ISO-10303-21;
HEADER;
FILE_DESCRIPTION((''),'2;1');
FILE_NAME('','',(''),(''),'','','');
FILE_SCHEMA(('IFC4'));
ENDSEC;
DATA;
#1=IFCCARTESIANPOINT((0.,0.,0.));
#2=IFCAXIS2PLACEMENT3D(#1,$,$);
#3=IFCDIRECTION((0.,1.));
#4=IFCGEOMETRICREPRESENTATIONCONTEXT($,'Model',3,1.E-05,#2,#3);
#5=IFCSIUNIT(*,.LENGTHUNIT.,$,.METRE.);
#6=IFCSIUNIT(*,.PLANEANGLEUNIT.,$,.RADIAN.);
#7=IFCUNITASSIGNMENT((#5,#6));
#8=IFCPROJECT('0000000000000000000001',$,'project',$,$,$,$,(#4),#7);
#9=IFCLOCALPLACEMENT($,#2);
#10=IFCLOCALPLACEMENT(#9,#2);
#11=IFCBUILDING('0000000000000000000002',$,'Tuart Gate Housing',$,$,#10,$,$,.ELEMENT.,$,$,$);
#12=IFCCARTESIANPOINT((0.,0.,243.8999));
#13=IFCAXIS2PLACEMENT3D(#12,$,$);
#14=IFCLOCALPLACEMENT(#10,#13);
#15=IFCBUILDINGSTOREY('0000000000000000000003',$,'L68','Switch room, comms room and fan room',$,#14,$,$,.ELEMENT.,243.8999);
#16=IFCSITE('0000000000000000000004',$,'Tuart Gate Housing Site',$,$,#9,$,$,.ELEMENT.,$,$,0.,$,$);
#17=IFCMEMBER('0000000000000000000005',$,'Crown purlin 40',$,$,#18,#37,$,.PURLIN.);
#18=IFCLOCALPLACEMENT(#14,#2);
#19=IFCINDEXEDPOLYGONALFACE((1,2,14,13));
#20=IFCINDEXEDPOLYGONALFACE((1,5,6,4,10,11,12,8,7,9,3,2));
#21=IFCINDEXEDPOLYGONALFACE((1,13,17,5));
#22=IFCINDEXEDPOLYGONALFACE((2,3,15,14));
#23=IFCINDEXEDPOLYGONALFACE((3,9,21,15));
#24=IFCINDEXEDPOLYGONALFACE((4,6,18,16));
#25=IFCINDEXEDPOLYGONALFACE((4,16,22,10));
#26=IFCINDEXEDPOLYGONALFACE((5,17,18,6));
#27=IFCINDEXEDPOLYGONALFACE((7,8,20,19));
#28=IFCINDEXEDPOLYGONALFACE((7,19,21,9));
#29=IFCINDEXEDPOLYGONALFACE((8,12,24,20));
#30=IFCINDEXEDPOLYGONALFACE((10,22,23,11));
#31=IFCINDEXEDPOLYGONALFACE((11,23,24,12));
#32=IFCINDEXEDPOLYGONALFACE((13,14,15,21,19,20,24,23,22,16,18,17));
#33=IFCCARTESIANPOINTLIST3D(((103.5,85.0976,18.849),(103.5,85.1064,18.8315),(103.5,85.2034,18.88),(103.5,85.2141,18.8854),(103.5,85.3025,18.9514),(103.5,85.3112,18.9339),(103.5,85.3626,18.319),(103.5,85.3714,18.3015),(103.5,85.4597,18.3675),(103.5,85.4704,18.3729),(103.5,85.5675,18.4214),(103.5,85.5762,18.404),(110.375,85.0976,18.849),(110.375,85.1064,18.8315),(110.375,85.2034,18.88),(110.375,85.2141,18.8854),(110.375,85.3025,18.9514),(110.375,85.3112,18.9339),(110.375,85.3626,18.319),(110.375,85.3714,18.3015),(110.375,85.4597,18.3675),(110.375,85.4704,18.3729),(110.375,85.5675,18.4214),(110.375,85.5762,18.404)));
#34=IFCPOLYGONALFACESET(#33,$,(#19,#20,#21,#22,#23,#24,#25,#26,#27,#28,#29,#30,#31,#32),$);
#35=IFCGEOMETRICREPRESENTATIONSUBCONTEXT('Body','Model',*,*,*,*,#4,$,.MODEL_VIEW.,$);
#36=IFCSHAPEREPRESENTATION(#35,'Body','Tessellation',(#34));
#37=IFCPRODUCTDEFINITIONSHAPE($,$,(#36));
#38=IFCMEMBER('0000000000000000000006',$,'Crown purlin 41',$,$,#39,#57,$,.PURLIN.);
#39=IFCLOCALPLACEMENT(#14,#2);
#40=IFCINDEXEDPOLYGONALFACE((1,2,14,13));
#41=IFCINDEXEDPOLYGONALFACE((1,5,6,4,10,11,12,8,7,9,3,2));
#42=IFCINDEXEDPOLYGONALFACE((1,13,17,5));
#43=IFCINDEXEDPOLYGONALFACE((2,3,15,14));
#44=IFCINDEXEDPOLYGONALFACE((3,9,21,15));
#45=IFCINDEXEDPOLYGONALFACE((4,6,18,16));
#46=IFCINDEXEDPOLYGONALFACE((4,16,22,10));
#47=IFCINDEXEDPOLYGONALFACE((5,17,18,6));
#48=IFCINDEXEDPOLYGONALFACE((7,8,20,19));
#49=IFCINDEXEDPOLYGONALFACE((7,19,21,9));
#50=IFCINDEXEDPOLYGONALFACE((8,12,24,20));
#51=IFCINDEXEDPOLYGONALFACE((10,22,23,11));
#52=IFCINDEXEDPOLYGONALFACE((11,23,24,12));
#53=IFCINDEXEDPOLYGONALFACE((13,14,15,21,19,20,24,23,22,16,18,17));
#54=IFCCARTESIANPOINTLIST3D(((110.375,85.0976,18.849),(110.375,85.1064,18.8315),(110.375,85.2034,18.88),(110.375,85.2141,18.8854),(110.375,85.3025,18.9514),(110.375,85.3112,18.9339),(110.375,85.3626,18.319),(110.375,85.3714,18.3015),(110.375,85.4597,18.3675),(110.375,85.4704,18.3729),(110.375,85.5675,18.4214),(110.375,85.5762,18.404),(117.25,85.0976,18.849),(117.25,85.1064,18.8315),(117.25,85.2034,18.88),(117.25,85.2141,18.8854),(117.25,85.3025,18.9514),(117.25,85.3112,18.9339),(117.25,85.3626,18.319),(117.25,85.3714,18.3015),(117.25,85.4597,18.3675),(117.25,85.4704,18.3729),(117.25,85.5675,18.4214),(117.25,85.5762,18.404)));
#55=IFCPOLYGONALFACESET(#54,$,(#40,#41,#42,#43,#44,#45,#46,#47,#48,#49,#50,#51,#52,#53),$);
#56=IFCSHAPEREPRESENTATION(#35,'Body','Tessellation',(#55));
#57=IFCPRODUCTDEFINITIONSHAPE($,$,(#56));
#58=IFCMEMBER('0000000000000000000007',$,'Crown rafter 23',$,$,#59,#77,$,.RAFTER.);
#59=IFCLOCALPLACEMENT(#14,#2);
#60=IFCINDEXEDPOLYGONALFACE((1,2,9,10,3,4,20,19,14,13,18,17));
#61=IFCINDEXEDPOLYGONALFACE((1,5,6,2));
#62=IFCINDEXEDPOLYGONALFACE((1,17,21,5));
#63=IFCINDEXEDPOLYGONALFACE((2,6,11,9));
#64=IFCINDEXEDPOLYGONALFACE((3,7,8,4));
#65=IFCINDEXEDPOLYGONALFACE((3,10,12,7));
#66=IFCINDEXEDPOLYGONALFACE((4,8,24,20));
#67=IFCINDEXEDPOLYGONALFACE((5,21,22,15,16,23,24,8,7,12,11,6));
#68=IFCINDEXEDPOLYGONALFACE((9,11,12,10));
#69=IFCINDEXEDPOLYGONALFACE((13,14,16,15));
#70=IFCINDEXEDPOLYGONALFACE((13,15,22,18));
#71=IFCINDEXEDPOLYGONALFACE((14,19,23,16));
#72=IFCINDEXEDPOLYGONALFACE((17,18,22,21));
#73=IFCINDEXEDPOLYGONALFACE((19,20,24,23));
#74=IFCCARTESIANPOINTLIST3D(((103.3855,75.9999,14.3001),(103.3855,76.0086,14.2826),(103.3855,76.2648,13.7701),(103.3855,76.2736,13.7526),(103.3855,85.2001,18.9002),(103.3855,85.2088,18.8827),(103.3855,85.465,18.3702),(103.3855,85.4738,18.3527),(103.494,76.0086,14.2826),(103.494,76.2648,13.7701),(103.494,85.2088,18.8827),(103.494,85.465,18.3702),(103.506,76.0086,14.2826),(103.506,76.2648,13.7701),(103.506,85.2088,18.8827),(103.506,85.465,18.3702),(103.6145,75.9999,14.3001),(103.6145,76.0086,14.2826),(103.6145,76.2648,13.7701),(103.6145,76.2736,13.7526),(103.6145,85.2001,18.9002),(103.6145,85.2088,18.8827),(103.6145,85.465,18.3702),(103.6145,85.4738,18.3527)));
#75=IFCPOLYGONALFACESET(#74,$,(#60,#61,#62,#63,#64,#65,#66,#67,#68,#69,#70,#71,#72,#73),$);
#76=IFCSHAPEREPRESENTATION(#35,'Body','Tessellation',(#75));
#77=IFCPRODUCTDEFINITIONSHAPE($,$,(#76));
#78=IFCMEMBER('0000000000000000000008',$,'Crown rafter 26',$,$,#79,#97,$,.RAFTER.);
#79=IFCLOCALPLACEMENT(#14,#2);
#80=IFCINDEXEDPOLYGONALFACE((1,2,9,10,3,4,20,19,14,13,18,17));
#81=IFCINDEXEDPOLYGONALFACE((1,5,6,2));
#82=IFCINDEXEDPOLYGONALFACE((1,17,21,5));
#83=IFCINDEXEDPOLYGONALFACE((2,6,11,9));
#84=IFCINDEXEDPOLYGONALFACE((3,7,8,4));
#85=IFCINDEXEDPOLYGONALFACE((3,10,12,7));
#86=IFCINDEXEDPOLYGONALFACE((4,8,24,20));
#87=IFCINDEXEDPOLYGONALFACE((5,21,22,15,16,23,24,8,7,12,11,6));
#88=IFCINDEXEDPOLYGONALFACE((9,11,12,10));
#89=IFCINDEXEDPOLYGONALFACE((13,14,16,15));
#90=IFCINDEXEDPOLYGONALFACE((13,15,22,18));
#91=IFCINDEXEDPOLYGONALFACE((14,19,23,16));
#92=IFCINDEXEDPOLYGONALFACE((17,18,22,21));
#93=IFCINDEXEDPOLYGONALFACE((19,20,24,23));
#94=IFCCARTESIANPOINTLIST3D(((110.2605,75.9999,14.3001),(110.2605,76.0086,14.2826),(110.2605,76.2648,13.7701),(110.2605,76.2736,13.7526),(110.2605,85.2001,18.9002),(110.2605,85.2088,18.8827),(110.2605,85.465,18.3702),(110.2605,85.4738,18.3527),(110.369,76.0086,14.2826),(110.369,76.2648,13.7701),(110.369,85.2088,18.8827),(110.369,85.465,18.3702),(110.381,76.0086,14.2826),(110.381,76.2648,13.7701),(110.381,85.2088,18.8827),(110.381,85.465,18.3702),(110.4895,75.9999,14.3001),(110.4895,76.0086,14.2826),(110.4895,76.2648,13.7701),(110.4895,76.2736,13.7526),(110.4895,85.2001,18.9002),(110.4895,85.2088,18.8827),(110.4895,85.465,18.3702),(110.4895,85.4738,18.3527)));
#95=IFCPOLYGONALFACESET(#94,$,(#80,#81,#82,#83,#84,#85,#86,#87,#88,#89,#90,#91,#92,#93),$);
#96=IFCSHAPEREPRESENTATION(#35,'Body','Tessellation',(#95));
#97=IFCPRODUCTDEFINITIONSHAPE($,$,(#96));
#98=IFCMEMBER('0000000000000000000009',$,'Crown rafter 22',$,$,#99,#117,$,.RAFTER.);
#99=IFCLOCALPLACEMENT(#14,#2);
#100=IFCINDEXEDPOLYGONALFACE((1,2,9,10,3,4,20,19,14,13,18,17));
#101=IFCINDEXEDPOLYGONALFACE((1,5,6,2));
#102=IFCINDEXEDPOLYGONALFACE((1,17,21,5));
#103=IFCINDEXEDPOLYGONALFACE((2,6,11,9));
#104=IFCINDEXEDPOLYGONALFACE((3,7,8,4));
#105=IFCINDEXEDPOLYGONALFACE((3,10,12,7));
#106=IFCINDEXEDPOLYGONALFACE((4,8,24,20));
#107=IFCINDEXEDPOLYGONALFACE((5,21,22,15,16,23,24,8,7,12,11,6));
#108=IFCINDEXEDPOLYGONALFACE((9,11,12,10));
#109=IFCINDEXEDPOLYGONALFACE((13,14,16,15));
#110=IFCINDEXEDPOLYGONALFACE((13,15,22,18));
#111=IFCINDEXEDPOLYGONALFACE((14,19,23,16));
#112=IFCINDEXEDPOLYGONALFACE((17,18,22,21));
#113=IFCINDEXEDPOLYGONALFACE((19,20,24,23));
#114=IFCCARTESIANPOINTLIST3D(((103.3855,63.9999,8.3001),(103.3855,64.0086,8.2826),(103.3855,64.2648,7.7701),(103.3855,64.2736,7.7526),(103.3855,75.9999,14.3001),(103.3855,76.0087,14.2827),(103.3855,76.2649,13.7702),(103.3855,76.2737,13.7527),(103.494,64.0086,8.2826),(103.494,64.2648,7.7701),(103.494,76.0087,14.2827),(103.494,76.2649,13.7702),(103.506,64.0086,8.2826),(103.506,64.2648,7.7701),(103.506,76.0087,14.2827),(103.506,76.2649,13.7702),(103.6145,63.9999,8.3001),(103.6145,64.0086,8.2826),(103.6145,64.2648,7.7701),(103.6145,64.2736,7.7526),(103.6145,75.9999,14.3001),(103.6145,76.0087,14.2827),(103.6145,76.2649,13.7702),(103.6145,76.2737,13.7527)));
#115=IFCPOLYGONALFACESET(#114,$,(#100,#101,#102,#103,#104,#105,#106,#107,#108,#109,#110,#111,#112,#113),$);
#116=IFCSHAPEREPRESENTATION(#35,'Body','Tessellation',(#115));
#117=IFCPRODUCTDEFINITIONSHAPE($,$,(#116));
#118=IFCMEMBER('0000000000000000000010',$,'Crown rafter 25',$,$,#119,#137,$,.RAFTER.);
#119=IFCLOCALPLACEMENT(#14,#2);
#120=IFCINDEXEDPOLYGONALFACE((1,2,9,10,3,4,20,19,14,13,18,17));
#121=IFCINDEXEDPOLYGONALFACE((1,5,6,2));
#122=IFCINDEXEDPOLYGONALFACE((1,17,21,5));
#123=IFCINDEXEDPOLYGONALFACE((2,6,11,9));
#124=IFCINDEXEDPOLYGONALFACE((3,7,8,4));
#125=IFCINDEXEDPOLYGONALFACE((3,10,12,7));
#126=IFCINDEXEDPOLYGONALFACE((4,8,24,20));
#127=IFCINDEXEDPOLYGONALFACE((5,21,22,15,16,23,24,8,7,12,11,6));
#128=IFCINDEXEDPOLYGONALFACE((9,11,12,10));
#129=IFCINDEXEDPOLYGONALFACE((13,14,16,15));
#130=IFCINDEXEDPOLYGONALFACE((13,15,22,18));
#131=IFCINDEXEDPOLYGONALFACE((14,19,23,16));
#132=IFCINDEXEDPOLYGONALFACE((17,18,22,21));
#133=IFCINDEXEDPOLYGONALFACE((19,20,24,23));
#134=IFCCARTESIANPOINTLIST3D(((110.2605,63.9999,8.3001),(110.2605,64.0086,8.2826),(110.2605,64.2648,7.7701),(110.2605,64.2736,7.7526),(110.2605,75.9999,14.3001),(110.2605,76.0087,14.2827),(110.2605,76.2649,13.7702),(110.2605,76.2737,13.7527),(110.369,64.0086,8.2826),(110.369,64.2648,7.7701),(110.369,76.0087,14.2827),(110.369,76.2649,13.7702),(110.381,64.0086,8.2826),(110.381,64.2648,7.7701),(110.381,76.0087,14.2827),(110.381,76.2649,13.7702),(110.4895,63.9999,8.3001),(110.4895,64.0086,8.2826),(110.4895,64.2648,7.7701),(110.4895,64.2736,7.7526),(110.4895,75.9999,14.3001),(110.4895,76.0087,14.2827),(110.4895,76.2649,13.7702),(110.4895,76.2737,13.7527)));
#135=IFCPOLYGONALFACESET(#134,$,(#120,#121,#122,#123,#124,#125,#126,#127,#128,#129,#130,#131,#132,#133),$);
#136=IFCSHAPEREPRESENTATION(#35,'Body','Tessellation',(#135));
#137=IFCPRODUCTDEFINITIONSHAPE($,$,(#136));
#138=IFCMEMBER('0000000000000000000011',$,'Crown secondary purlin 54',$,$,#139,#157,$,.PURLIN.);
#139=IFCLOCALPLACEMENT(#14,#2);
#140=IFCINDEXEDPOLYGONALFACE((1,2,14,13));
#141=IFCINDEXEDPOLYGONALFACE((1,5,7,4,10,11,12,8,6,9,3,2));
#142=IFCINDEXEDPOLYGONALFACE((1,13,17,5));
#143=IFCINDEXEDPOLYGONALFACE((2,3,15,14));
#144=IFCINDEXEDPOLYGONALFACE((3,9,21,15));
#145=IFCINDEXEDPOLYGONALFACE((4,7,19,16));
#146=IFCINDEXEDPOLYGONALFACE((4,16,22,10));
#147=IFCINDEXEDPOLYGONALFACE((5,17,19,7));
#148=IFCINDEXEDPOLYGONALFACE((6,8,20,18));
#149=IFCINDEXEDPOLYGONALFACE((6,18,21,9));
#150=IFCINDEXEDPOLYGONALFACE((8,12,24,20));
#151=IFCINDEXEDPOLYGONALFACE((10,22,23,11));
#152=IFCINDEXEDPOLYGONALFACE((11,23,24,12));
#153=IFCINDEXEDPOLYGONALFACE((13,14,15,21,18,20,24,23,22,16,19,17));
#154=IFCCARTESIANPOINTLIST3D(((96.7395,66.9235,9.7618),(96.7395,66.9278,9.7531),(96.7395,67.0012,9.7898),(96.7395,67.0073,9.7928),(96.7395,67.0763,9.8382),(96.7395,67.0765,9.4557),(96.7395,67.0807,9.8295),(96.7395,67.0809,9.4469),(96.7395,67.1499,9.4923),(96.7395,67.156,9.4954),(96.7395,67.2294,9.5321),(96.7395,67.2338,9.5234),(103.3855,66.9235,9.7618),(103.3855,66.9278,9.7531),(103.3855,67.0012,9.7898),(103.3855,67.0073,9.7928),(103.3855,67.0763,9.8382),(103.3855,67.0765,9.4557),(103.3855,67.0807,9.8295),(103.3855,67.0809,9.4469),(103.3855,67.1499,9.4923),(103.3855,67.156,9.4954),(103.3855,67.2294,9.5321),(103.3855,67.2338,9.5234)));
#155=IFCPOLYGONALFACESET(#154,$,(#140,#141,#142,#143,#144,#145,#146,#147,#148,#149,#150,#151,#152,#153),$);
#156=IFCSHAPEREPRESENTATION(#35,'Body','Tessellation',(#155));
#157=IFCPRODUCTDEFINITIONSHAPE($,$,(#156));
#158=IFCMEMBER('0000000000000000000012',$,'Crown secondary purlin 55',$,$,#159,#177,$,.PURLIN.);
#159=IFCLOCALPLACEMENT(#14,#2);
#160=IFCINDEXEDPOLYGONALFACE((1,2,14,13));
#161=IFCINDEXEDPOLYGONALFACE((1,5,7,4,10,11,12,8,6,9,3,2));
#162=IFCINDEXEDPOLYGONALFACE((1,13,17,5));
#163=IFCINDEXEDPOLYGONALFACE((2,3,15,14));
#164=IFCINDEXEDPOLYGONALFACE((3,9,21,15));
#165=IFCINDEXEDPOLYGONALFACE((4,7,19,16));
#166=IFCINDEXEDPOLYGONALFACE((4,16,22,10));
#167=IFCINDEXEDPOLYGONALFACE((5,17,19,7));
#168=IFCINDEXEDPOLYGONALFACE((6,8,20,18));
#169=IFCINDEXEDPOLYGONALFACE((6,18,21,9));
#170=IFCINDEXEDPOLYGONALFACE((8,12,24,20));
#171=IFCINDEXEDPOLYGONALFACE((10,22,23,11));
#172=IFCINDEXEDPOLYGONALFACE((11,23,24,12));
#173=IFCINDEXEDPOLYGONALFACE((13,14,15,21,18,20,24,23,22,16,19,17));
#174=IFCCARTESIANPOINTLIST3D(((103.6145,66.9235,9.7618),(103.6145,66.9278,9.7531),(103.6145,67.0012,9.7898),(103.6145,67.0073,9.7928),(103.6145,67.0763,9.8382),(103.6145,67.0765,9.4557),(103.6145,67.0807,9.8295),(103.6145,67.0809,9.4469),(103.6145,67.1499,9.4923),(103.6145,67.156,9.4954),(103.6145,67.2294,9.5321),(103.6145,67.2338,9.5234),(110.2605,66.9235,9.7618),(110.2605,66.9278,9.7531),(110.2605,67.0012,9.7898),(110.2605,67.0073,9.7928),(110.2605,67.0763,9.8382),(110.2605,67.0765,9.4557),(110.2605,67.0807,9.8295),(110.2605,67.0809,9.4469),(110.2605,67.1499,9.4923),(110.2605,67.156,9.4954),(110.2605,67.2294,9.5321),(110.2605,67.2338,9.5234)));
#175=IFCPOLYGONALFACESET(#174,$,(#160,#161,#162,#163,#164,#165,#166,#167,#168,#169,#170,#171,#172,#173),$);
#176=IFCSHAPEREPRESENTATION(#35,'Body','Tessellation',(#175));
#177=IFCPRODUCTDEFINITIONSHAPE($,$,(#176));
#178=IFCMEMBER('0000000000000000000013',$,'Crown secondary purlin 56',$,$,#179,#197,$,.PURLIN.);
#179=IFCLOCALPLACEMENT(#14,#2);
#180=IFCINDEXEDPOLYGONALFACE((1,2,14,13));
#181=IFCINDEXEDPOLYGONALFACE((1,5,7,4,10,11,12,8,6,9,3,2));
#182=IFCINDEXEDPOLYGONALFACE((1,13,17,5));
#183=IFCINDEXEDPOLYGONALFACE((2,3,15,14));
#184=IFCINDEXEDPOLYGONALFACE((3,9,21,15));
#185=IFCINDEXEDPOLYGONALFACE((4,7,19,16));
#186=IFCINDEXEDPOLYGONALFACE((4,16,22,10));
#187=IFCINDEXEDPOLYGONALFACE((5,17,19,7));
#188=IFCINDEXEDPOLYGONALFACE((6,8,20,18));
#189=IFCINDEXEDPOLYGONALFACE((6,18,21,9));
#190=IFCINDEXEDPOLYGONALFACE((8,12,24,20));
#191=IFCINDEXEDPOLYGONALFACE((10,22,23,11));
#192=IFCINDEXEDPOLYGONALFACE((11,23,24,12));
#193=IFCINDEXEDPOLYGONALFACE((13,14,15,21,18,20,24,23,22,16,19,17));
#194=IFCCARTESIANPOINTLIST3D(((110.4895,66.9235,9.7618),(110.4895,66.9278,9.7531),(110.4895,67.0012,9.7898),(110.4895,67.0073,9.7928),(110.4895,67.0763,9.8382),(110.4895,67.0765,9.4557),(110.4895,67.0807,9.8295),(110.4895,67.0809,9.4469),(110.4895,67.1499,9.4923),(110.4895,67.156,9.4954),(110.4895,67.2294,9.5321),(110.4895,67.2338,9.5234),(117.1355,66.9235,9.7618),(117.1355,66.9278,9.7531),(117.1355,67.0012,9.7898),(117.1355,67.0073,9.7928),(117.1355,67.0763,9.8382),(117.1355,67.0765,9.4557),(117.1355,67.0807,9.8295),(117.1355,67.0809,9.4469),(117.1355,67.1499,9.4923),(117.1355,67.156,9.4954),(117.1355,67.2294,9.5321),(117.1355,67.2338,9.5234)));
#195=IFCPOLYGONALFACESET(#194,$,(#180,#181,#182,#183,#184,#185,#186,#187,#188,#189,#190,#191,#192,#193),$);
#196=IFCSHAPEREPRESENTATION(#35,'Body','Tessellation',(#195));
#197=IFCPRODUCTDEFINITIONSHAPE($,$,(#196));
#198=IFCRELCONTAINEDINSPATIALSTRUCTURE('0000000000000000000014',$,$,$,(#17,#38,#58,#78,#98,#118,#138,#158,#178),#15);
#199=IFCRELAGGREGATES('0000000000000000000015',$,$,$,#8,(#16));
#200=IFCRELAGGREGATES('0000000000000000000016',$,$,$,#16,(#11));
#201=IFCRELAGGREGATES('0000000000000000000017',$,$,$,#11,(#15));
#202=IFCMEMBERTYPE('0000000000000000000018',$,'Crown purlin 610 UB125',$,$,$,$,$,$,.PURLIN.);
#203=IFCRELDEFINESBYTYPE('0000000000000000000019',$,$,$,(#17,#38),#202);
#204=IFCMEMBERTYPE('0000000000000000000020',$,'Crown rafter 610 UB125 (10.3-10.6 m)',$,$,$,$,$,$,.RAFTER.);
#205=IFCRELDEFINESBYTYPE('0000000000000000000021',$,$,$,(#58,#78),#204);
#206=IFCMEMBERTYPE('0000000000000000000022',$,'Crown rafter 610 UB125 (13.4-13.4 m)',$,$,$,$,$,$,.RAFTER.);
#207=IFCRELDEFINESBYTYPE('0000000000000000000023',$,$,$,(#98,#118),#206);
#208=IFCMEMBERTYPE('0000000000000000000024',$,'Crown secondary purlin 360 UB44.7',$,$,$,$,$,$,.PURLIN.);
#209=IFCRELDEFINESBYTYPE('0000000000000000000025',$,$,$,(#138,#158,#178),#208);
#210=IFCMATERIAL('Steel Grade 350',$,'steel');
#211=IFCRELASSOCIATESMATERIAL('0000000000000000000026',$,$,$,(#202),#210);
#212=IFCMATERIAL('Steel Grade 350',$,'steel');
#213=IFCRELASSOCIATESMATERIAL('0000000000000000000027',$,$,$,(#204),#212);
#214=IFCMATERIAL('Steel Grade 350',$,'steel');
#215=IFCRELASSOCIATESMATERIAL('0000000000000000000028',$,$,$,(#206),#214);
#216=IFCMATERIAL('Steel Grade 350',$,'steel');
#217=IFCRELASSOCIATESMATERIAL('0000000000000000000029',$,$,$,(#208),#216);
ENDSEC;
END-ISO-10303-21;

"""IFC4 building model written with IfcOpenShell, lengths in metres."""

from ifc_helpers import new_model, si_unit, direction, frame, origin, origin_2d, place, context, subcontext, project, spatial, i_section, extrude, material, material_profile, profile_set, type_object, element, save


model = new_model("IFC4")

# Units and contexts
model_context = context("Model", 3, precision=1e-05, world=origin(), true_north=direction((0.0, 1.0)))
body_context = subcontext(model_context, "Body", "Model", "MODEL_VIEW")
ifc_project = project(units=[si_unit("LENGTHUNIT", "METRE"), si_unit("PLANEANGLEUNIT", "RADIAN")], contexts=[model_context])

# Site, building, storey
site_placement = place(None, origin())
site = spatial("IfcSite", under=ifc_project, at=site_placement, Name="Tuart Gate Housing Site", CompositionType="ELEMENT", RefElevation=0.0)
building_placement = place(site_placement, origin())
building = spatial("IfcBuilding", under=site, at=building_placement, Name="Tuart Gate Housing", CompositionType="ELEMENT")
storey_placement = place(building_placement, frame((0.0, 0.0, 243.8999)))
storey = spatial("IfcBuildingStorey", under=building, at=storey_placement, Name="L68", Description="Switch room, comms room and fan room", CompositionType="ELEMENT", Elevation=243.8999)

# Members
ifc_material_1 = material(Name="Steel Grade 350", Category="steel")
ifc_material_profile_1 = material_profile(ifc_material_1, i_section(OverallWidth=0.229, OverallDepth=0.6121, WebThickness=0.012, FlangeThickness=0.0195, at=origin_2d()), Name="610UB125")
ifc_profile_set_1 = profile_set([ifc_material_profile_1], Name="Steel Grade 350")
member_type_1 = type_object("IfcMemberType", Name="Crown purlin 610 UB125", PredefinedType="PURLIN", material=ifc_profile_set_1)
for number, where, z_axis, x_axis, name in (
    (1, (103.5, 85.3369, 18.6265), (1.0, 0.0, 0.0), (0.0, 0.894427, 0.447214), "Crown purlin 40"),
    (2, (110.375, 85.3369, 18.6265), (1.0, 0.0, 0.0), (0.0, 0.894427, 0.447214), "Crown purlin 41"),
):
    element("IfcMember", number, at=place(storey_placement, frame(where, z_axis=z_axis, x_axis=x_axis)), inside=storey, type_object=member_type_1, Name=name, PredefinedType="PURLIN", context=body_context, shape_type="SweptSolid", body=[
        extrude(i_section(OverallWidth=0.229, OverallDepth=0.6121, WebThickness=0.012, FlangeThickness=0.0195, at=origin_2d()), origin(), (0.0, 0.0, 1.0), 6.875),
    ])
ifc_material_2 = material(Name="Steel Grade 350", Category="steel")
ifc_material_profile_2 = material_profile(ifc_material_2, i_section(OverallWidth=0.229, OverallDepth=0.6121, WebThickness=0.012, FlangeThickness=0.0195, at=origin_2d()), Name="610UB125")
ifc_profile_set_2 = profile_set([ifc_material_profile_2], Name="Steel Grade 350")
member_type_2 = type_object("IfcMemberType", Name="Crown rafter 610 UB125 (10.3-10.6 m)", PredefinedType="RAFTER", material=ifc_profile_set_2)
for number, where, z_axis, x_axis, name in (
    (3, (103.5, 76.1367, 14.0264), (0.0, 0.894427, 0.447214), (-1.0, 0.0, 0.0), "Crown rafter 23"),
    (4, (110.375, 76.1367, 14.0264), (0.0, 0.894427, 0.447214), (-1.0, 0.0, 0.0), "Crown rafter 26"),
):
    element("IfcMember", number, at=place(storey_placement, frame(where, z_axis=z_axis, x_axis=x_axis)), inside=storey, type_object=member_type_2, Name=name, PredefinedType="RAFTER", context=body_context, shape_type="SweptSolid", body=[
        extrude(i_section(OverallWidth=0.229, OverallDepth=0.6121, WebThickness=0.012, FlangeThickness=0.0195, at=origin_2d()), origin(), (0.0, 0.0, 1.0), 10.2861),
    ])
ifc_material_3 = material(Name="Steel Grade 350", Category="steel")
ifc_material_profile_3 = material_profile(ifc_material_3, i_section(OverallWidth=0.229, OverallDepth=0.6121, WebThickness=0.012, FlangeThickness=0.0195, at=origin_2d()), Name="610UB125")
ifc_profile_set_3 = profile_set([ifc_material_profile_3], Name="Steel Grade 350")
member_type_3 = type_object("IfcMemberType", Name="Crown rafter 610 UB125 (13.4-13.4 m)", PredefinedType="RAFTER", material=ifc_profile_set_3)
for number, where, z_axis, x_axis, name in (
    (5, (103.5, 64.1367, 8.0264), (0.0, 0.894427, 0.447214), (-1.0, 0.0, 0.0), "Crown rafter 22"),
    (6, (110.375, 64.1367, 8.0264), (0.0, 0.894427, 0.447214), (-1.0, 0.0, 0.0), "Crown rafter 25"),
):
    element("IfcMember", number, at=place(storey_placement, frame(where, z_axis=z_axis, x_axis=x_axis)), inside=storey, type_object=member_type_3, Name=name, PredefinedType="RAFTER", context=body_context, shape_type="SweptSolid", body=[
        extrude(i_section(OverallWidth=0.229, OverallDepth=0.6121, WebThickness=0.012, FlangeThickness=0.0195, at=origin_2d()), origin(), (0.0, 0.0, 1.0), 13.4165),
    ])
ifc_material_4 = material(Name="Steel Grade 350", Category="steel")
ifc_material_profile_4 = material_profile(ifc_material_4, i_section(OverallWidth=0.1709, OverallDepth=0.3521, WebThickness=0.0068, FlangeThickness=0.0098, at=origin_2d()), Name="360UB44.7")
ifc_profile_set_4 = profile_set([ifc_material_profile_4], Name="Steel Grade 350")
member_type_4 = type_object("IfcMemberType", Name="Crown secondary purlin 360 UB44.7", PredefinedType="PURLIN", material=ifc_profile_set_4)
for number, where, z_axis, x_axis, name in (
    (7, (96.7395, 67.0786, 9.6426), (1.0, 0.0, 0.0), (0.0, 0.894427, 0.447214), "Crown secondary purlin 54"),
    (8, (103.6145, 67.0786, 9.6426), (1.0, 0.0, 0.0), (0.0, 0.894427, 0.447214), "Crown secondary purlin 55"),
    (9, (110.4895, 67.0786, 9.6426), (1.0, 0.0, 0.0), (0.0, 0.894427, 0.447214), "Crown secondary purlin 56"),
):
    element("IfcMember", number, at=place(storey_placement, frame(where, z_axis=z_axis, x_axis=x_axis)), inside=storey, type_object=member_type_4, Name=name, PredefinedType="PURLIN", context=body_context, shape_type="SweptSolid", body=[
        extrude(i_section(OverallWidth=0.1709, OverallDepth=0.3521, WebThickness=0.0068, FlangeThickness=0.0098, at=origin_2d()), origin(), (0.0, 0.0, 1.0), 6.646),
    ])

save(model, "model.ifc")
